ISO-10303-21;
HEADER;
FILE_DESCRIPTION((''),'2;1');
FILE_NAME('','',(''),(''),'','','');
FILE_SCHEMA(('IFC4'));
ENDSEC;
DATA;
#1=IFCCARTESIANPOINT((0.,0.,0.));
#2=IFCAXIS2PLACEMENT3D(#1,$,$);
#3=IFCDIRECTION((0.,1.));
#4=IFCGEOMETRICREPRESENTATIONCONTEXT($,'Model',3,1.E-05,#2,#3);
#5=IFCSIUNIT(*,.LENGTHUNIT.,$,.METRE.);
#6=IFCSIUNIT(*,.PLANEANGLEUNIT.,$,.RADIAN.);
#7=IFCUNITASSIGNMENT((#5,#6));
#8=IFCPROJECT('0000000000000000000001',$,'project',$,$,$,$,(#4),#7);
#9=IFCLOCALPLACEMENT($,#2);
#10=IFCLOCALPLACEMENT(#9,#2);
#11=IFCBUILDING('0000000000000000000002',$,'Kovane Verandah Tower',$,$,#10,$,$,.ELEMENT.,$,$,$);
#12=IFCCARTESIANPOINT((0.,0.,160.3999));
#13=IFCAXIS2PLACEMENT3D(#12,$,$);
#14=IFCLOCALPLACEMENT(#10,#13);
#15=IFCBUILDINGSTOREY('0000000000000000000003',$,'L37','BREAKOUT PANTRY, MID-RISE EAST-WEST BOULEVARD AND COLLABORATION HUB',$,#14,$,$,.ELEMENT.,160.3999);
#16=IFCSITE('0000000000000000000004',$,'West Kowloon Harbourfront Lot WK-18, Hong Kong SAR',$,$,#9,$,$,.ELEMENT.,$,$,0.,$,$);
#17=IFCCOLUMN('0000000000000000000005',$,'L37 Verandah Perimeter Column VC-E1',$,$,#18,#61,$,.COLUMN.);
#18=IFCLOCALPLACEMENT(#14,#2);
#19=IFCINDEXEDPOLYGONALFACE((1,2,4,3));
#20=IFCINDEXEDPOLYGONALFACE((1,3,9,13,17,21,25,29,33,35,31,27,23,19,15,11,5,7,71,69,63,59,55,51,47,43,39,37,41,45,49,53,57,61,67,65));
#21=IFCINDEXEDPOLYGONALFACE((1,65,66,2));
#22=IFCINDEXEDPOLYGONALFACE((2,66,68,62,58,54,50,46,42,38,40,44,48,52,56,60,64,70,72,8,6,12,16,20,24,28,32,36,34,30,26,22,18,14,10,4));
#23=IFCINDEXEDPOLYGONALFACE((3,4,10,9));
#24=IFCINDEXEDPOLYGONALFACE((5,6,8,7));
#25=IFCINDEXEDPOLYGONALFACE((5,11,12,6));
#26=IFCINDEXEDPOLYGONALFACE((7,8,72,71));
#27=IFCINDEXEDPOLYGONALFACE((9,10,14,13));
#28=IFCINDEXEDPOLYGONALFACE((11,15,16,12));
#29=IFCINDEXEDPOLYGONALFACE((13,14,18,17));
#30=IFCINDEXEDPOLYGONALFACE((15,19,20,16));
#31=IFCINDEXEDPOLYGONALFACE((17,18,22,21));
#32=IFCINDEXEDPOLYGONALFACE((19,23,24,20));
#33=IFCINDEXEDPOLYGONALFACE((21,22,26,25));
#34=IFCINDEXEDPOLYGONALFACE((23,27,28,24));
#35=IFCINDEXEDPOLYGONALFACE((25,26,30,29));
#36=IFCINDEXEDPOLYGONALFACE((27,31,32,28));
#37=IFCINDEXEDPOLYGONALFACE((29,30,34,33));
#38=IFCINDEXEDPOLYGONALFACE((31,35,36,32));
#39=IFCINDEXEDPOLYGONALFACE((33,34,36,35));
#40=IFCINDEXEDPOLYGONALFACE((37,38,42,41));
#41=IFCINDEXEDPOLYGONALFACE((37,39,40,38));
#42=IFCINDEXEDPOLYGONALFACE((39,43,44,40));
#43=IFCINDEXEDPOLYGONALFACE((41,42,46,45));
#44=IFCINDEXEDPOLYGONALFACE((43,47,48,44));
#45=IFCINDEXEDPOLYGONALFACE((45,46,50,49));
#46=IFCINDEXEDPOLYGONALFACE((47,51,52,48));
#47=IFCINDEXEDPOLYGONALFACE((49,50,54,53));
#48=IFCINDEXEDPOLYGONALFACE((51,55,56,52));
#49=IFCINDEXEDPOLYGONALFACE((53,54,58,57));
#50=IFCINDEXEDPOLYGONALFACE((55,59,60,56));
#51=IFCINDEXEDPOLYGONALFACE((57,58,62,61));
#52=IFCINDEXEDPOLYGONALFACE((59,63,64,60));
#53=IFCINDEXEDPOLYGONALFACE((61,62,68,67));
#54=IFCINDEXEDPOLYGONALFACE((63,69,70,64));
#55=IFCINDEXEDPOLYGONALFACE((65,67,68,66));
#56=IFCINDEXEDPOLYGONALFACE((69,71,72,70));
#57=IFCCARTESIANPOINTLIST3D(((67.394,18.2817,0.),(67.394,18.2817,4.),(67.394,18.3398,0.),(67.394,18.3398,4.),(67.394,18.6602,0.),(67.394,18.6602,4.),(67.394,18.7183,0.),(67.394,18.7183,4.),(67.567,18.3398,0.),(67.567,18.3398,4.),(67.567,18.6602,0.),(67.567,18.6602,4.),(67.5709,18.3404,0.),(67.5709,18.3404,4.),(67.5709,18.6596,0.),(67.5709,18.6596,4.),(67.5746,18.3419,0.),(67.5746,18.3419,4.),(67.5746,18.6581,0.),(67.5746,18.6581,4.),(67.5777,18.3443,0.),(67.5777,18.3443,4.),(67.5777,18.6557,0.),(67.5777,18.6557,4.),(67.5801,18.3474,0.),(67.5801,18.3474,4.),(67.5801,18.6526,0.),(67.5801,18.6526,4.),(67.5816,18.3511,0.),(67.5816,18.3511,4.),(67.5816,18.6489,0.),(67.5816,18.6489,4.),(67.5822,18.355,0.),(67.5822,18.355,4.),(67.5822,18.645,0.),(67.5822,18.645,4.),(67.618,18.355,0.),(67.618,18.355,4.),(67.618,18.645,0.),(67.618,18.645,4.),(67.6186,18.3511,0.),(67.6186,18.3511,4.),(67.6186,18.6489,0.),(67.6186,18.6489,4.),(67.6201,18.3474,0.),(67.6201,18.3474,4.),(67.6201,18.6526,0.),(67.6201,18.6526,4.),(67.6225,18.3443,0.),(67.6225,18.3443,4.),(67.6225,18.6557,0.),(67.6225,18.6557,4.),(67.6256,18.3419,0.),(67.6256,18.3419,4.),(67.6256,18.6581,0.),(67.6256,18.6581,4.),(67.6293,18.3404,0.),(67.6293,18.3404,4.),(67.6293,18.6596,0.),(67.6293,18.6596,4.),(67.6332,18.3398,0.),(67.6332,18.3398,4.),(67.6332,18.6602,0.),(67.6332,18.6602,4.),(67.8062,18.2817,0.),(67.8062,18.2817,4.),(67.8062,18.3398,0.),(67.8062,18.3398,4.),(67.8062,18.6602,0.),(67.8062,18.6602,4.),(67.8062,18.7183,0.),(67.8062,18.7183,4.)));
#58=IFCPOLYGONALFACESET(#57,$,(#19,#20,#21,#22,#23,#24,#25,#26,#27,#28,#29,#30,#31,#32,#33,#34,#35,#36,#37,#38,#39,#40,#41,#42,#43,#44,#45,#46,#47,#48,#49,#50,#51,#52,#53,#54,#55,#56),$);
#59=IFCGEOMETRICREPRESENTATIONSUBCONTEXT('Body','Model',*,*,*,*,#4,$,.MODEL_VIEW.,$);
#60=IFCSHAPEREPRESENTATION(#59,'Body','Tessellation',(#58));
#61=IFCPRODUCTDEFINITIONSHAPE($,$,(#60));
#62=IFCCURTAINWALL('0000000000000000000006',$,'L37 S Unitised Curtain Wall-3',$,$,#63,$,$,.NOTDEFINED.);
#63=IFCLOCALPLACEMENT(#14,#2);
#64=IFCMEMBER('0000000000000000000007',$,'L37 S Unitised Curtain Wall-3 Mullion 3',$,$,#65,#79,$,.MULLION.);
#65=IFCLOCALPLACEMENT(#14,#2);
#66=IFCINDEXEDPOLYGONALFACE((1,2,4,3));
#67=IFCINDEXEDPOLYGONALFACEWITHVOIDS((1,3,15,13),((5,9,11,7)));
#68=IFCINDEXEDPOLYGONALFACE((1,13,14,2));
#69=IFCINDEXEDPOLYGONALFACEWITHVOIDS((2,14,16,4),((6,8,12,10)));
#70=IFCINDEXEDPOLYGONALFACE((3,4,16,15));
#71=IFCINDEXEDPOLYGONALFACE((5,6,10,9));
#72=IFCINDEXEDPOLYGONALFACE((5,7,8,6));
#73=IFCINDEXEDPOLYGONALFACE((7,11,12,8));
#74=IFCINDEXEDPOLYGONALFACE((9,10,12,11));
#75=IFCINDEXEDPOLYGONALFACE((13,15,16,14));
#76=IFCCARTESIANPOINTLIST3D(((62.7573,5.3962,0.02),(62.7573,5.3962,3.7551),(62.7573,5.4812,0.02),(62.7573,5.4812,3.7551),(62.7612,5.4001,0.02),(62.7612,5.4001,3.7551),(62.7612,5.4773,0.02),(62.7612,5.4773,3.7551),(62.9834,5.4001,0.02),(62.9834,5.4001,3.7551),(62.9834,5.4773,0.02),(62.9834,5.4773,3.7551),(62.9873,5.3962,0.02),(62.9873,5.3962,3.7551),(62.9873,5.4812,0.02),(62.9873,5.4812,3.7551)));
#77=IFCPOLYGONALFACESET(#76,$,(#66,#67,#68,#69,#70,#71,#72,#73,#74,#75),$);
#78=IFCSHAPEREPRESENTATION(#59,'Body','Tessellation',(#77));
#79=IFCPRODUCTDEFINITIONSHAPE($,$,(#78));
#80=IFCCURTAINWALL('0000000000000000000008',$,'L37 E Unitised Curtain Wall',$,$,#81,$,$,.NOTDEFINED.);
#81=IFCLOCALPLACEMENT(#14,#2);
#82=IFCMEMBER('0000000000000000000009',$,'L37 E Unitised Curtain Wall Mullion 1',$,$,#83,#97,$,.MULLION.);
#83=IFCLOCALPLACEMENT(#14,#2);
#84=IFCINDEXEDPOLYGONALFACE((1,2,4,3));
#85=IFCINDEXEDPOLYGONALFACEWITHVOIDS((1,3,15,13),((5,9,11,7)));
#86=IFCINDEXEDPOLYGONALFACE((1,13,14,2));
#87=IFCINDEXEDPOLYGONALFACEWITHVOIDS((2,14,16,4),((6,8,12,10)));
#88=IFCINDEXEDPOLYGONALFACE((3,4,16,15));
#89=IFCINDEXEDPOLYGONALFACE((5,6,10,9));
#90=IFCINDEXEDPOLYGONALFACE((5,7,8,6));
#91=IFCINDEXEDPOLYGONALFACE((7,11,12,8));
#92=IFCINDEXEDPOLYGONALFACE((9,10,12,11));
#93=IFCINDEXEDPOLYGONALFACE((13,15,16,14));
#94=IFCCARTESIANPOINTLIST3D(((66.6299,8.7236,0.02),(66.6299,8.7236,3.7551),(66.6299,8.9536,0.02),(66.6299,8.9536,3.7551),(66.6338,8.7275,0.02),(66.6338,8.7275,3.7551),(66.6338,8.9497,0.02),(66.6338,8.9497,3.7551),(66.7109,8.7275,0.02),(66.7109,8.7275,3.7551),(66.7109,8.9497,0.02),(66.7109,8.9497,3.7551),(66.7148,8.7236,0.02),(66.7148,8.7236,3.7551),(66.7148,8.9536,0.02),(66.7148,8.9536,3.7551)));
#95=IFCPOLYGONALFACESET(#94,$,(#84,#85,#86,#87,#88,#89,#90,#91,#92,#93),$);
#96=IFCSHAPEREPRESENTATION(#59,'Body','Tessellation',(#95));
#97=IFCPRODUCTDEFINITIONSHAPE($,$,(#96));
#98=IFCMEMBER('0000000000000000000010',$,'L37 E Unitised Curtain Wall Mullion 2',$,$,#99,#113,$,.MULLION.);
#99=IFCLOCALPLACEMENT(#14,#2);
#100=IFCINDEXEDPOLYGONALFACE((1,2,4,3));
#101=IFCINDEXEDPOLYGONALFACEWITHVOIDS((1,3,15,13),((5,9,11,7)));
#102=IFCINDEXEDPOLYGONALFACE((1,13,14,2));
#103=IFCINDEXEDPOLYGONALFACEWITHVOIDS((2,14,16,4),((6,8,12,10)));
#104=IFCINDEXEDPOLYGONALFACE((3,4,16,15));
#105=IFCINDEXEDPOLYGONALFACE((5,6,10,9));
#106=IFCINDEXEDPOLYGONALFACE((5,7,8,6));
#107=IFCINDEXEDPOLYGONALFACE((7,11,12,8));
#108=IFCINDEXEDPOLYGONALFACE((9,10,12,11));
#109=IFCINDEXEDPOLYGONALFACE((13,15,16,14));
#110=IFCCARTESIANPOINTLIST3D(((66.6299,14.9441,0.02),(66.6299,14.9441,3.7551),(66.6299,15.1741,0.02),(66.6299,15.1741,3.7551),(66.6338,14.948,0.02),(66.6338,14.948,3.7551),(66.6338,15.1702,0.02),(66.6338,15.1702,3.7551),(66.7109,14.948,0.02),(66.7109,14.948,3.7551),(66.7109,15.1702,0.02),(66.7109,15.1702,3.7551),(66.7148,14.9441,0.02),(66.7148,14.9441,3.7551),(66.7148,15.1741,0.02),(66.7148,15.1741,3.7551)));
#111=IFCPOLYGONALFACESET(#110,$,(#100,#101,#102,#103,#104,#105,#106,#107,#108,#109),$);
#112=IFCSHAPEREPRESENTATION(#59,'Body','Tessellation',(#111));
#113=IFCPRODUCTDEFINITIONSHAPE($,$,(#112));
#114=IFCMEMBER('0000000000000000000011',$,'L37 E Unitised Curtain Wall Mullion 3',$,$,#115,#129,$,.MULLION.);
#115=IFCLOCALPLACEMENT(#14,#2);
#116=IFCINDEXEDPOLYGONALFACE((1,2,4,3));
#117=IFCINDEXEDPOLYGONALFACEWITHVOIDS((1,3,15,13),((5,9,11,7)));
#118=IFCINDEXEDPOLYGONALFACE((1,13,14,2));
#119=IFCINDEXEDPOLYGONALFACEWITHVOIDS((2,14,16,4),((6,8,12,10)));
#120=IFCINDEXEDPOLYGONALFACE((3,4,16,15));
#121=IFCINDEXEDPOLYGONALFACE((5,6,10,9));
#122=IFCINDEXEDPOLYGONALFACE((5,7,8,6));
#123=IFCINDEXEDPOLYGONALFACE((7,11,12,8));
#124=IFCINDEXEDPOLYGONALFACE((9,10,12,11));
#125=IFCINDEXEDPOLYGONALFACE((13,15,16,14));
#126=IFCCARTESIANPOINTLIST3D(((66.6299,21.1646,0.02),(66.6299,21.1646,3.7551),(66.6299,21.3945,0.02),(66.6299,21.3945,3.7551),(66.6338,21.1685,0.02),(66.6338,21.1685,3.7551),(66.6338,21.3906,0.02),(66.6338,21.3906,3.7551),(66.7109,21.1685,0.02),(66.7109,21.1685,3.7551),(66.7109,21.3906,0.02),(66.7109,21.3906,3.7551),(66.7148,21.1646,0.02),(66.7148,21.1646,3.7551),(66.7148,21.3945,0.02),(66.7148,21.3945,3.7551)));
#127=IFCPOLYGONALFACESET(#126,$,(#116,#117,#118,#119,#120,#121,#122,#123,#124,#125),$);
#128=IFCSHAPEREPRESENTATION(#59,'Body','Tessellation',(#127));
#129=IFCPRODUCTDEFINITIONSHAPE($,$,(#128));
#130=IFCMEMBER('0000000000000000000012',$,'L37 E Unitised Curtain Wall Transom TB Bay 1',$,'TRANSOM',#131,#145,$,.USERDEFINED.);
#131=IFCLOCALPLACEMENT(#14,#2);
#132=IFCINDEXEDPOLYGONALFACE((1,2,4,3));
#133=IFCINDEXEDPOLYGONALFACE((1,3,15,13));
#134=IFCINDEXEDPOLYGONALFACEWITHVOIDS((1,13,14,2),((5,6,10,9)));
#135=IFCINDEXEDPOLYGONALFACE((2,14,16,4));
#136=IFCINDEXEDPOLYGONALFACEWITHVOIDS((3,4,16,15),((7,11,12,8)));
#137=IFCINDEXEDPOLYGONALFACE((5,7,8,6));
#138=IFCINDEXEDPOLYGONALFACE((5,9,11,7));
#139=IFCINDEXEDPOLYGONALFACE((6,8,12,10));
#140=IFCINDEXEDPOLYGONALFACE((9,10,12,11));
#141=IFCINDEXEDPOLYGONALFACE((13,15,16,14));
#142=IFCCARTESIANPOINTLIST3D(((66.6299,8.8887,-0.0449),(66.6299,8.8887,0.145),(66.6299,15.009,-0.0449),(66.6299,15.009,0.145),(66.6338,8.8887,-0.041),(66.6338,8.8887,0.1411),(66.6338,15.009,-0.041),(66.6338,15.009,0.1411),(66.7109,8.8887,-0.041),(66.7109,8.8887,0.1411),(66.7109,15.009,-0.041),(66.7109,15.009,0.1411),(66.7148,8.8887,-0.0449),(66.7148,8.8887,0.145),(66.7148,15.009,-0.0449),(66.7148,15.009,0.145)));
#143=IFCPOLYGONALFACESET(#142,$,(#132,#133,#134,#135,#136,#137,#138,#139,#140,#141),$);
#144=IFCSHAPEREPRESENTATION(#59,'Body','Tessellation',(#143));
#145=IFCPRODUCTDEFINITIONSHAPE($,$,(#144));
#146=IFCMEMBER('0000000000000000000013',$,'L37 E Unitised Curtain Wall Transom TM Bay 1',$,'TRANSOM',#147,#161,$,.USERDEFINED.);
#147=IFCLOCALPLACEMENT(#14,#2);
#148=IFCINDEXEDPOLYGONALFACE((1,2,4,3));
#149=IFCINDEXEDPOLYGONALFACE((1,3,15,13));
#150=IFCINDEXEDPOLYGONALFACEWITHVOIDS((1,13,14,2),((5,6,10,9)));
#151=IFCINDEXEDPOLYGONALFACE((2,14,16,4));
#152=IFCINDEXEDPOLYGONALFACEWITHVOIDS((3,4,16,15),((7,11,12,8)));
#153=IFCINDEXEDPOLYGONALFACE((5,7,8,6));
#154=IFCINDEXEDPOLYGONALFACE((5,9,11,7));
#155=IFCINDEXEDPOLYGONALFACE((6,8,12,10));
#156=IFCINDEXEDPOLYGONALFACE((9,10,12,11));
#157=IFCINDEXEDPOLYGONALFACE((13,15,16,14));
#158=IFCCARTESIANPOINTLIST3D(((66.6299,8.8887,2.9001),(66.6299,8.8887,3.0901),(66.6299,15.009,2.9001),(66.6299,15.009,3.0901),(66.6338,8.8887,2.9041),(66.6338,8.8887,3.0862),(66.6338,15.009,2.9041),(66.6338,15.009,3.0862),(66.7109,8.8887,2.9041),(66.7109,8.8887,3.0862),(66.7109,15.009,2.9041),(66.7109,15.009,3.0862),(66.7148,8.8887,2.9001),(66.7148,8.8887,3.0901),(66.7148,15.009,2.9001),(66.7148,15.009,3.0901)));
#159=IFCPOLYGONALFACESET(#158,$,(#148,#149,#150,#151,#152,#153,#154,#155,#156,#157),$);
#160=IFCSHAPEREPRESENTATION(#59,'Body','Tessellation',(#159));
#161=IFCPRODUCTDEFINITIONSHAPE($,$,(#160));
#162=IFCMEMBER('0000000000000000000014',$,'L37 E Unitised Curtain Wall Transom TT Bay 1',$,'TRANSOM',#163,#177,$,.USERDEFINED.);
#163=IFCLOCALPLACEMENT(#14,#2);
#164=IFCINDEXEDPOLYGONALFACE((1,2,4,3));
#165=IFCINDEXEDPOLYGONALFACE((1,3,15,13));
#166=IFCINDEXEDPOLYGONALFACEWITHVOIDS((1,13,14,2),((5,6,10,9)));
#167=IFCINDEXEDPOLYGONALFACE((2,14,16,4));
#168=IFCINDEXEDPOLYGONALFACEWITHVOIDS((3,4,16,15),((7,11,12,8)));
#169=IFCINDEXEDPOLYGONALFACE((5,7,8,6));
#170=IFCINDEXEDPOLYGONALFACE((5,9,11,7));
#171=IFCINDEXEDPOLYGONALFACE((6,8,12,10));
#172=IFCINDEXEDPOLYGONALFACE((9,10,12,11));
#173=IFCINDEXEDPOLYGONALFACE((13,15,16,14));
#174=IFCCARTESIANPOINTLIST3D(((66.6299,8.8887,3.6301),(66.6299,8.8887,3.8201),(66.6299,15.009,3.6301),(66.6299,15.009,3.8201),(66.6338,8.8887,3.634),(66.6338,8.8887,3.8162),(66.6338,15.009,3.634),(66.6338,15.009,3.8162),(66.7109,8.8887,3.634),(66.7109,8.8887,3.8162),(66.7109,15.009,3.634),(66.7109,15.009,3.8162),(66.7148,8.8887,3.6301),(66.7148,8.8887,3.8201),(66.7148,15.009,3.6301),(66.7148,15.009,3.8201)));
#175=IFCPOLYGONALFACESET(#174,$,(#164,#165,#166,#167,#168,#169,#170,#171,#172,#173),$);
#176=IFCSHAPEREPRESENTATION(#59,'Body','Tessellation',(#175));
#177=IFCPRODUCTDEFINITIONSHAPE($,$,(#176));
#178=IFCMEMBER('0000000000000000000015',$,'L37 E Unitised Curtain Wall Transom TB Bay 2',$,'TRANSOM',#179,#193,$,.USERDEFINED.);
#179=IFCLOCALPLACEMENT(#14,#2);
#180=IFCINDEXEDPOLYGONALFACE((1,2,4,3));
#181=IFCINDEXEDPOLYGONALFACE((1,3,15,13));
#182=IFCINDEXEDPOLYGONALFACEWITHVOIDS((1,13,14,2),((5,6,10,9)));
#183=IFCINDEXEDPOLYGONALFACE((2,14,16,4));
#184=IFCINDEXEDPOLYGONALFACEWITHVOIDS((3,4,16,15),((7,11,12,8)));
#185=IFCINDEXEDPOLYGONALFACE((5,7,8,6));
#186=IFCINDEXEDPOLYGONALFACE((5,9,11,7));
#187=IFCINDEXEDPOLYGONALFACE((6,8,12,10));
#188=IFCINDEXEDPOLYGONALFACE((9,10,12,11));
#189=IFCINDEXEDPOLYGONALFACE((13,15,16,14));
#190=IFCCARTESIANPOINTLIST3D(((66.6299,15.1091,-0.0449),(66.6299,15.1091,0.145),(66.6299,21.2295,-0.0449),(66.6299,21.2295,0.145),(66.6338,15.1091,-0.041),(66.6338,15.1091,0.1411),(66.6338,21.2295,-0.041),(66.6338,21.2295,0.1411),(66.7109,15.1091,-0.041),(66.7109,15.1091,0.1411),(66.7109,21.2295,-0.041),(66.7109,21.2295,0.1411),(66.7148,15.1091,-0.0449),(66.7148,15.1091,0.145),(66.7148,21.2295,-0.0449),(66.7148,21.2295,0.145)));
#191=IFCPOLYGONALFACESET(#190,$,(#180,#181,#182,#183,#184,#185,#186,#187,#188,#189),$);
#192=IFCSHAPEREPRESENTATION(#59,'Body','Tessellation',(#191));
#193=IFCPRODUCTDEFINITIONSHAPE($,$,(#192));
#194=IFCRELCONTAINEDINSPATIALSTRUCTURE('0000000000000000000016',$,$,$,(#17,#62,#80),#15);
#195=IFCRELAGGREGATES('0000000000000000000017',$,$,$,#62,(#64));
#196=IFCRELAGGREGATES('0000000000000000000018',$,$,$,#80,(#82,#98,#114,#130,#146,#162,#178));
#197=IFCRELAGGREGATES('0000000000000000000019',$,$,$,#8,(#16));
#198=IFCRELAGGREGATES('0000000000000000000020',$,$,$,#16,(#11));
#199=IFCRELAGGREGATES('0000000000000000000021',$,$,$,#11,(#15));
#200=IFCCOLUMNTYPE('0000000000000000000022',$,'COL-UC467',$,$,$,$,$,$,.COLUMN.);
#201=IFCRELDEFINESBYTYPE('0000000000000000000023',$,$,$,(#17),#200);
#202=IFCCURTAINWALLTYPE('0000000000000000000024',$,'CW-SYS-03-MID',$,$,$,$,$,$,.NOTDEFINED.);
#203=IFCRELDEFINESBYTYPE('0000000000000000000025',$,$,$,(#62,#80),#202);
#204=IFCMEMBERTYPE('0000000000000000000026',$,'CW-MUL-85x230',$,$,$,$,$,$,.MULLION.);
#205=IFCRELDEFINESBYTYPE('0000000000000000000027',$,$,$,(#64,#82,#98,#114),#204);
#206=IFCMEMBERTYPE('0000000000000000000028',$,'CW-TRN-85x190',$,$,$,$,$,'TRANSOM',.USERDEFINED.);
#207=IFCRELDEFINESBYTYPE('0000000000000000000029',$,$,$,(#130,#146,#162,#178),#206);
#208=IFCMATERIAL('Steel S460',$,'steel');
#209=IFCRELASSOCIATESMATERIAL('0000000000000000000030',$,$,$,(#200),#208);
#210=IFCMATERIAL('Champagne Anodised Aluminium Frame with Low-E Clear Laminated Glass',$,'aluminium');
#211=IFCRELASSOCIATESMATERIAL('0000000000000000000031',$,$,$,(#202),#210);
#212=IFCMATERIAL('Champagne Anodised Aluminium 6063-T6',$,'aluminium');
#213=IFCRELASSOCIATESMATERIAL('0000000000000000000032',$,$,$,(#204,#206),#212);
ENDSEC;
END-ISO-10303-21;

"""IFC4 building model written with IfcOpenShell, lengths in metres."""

from ifc_helpers import new_model, si_unit, direction, frame, origin, origin_2d, place, context, subcontext, project, spatial, hollow_rectangle, i_section, extrude, material, material_profile, profile_set, type_object, element, aggregate, save


model = new_model("IFC4")

# Units and contexts
model_context = context("Model", 3, precision=1e-05, world=origin(), true_north=direction((0.0, 1.0)))
body_context = subcontext(model_context, "Body", "Model", "MODEL_VIEW")
ifc_project = project(units=[si_unit("LENGTHUNIT", "METRE"), si_unit("PLANEANGLEUNIT", "RADIAN")], contexts=[model_context])

# Site, building, storey
site_placement = place(None, origin())
site = spatial("IfcSite", under=ifc_project, at=site_placement, Name="West Kowloon Harbourfront Lot WK-18, Hong Kong SAR", CompositionType="ELEMENT", RefElevation=0.0)
building_placement = place(site_placement, origin())
building = spatial("IfcBuilding", under=site, at=building_placement, Name="Kovane Verandah Tower", CompositionType="ELEMENT")
storey_placement = place(building_placement, frame((0.0, 0.0, 160.3999)))
storey = spatial("IfcBuildingStorey", under=building, at=storey_placement, Name="L37", Description="BREAKOUT PANTRY, MID-RISE EAST-WEST BOULEVARD AND COLLABORATION HUB", CompositionType="ELEMENT", Elevation=160.3999)

# Column
ifc_material_1 = material(Name="Steel S460", Category="steel")
ifc_material_profile_1 = material_profile(ifc_material_1, i_section(OverallWidth=0.4121, OverallDepth=0.4365, WebThickness=0.0359, FlangeThickness=0.0581, FilletRadius=0.0151, at=origin_2d()), Name="UC356x406x467")
ifc_profile_set_1 = profile_set([ifc_material_profile_1], Name="Steel S460")
column_type = type_object("IfcColumnType", Name="COL-UC467", PredefinedType="COLUMN", material=ifc_profile_set_1)
column_placement = place(storey_placement, frame((67.6001, 18.5, 0.0), z_axis=(0.0, 0.0, 1.0), x_axis=(1.0, 0.0, 0.0)))
element("IfcColumn", 1, at=column_placement, inside=storey, type_object=column_type, Name="L37 Verandah Perimeter Column VC-E1", PredefinedType="COLUMN", context=body_context, shape_type="SweptSolid", body=[
    extrude(i_section(OverallWidth=0.4121, OverallDepth=0.4365, WebThickness=0.0359, FlangeThickness=0.0581, FilletRadius=0.0151, at=origin_2d()), origin(), (0.0, 0.0, 1.0), 4.0),
])

# Curtain wall, member
ifc_material_2 = material(Name="Champagne Anodised Aluminium Frame with Low-E Clear Laminated Glass", Category="aluminium")
curtain_wall_type = type_object("IfcCurtainWallType", Name="CW-SYS-03-MID", PredefinedType="NOTDEFINED", material=ifc_material_2)
curtain_wall_1_placement = place(storey_placement, origin())
curtain_wall_1 = element("IfcCurtainWall", 2, at=curtain_wall_1_placement, inside=storey, type_object=curtain_wall_type, Name="L37 S Unitised Curtain Wall-3", PredefinedType="NOTDEFINED")
ifc_material_3 = material(Name="Champagne Anodised Aluminium 6063-T6", Category="aluminium")
ifc_material_profile_2 = material_profile(ifc_material_3, hollow_rectangle(XDim=0.085, YDim=0.23, WallThickness=0.0039, at=origin_2d()), Name="AL85x230x4")
ifc_profile_set_2 = profile_set([ifc_material_profile_2], Name="Champagne Anodised Aluminium 6063-T6")
member_type_1 = type_object("IfcMemberType", Name="CW-MUL-85x230", PredefinedType="MULLION", material=ifc_profile_set_2)
member_1_placement = place(storey_placement, frame((62.8723, 5.4387, 0.02), z_axis=(0.0, 0.0, 1.0), x_axis=(0.0, -1.0, 0.0)))
member_1 = element("IfcMember", 3, at=member_1_placement, type_object=member_type_1, Name="L37 S Unitised Curtain Wall-3 Mullion 3", PredefinedType="MULLION", context=body_context, shape_type="SweptSolid", body=[
    extrude(hollow_rectangle(XDim=0.085, YDim=0.23, WallThickness=0.0039, at=origin_2d()), origin(), (0.0, 0.0, 1.0), 3.7351),
])

# Curtain wall, members
curtain_wall_2_placement = place(storey_placement, origin())
curtain_wall_2 = element("IfcCurtainWall", 4, at=curtain_wall_2_placement, inside=storey, type_object=curtain_wall_type, Name="L37 E Unitised Curtain Wall", PredefinedType="NOTDEFINED")
member_2_placement = place(storey_placement, frame((66.6724, 8.8386, 0.02), z_axis=(0.0, 0.0, 1.0), x_axis=(1.0, 0.0, 0.0)))
member_2 = element("IfcMember", 5, at=member_2_placement, type_object=member_type_1, Name="L37 E Unitised Curtain Wall Mullion 1", PredefinedType="MULLION", context=body_context, shape_type="SweptSolid", body=[
    extrude(hollow_rectangle(XDim=0.085, YDim=0.23, WallThickness=0.0039, at=origin_2d()), origin(), (0.0, 0.0, 1.0), 3.7351),
])
member_3_placement = place(storey_placement, frame((66.6724, 15.0591, 0.02), z_axis=(0.0, 0.0, 1.0), x_axis=(1.0, 0.0, 0.0)))
member_3 = element("IfcMember", 6, at=member_3_placement, type_object=member_type_1, Name="L37 E Unitised Curtain Wall Mullion 2", PredefinedType="MULLION", context=body_context, shape_type="SweptSolid", body=[
    extrude(hollow_rectangle(XDim=0.085, YDim=0.23, WallThickness=0.0039, at=origin_2d()), origin(), (0.0, 0.0, 1.0), 3.7351),
])
member_4_placement = place(storey_placement, frame((66.6724, 21.2795, 0.02), z_axis=(0.0, 0.0, 1.0), x_axis=(1.0, 0.0, 0.0)))
member_4 = element("IfcMember", 7, at=member_4_placement, type_object=member_type_1, Name="L37 E Unitised Curtain Wall Mullion 3", PredefinedType="MULLION", context=body_context, shape_type="SweptSolid", body=[
    extrude(hollow_rectangle(XDim=0.085, YDim=0.23, WallThickness=0.0039, at=origin_2d()), origin(), (0.0, 0.0, 1.0), 3.7351),
])
ifc_material_profile_3 = material_profile(ifc_material_3, hollow_rectangle(XDim=0.085, YDim=0.1899, WallThickness=0.0039, at=origin_2d()), Name="AL85x190x4")
ifc_profile_set_3 = profile_set([ifc_material_profile_3], Name="Champagne Anodised Aluminium 6063-T6")
member_type_2 = type_object("IfcMemberType", Name="CW-TRN-85x190", ElementType="TRANSOM", PredefinedType="USERDEFINED", material=ifc_profile_set_3)
member_5_placement = place(storey_placement, frame((66.6724, 8.8887, 0.05), z_axis=(0.0, 1.0, 0.0), x_axis=(-1.0, 0.0, 0.0)))
member_5 = element("IfcMember", 8, at=member_5_placement, type_object=member_type_2, Name="L37 E Unitised Curtain Wall Transom TB Bay 1", ObjectType="TRANSOM", PredefinedType="USERDEFINED", context=body_context, shape_type="SweptSolid", body=[
    extrude(hollow_rectangle(XDim=0.085, YDim=0.1899, WallThickness=0.0039, at=origin_2d()), origin(), (0.0, 0.0, 1.0), 6.1204),
])
member_6_placement = place(storey_placement, frame((66.6724, 8.8887, 2.9951), z_axis=(0.0, 1.0, 0.0), x_axis=(-1.0, 0.0, 0.0)))
member_6 = element("IfcMember", 9, at=member_6_placement, type_object=member_type_2, Name="L37 E Unitised Curtain Wall Transom TM Bay 1", ObjectType="TRANSOM", PredefinedType="USERDEFINED", context=body_context, shape_type="SweptSolid", body=[
    extrude(hollow_rectangle(XDim=0.085, YDim=0.1899, WallThickness=0.0039, at=origin_2d()), origin(), (0.0, 0.0, 1.0), 6.1204),
])
member_7_placement = place(storey_placement, frame((66.6724, 8.8887, 3.7251), z_axis=(0.0, 1.0, 0.0), x_axis=(-1.0, 0.0, 0.0)))
member_7 = element("IfcMember", 10, at=member_7_placement, type_object=member_type_2, Name="L37 E Unitised Curtain Wall Transom TT Bay 1", ObjectType="TRANSOM", PredefinedType="USERDEFINED", context=body_context, shape_type="SweptSolid", body=[
    extrude(hollow_rectangle(XDim=0.085, YDim=0.1899, WallThickness=0.0039, at=origin_2d()), origin(), (0.0, 0.0, 1.0), 6.1204),
])
member_8_placement = place(storey_placement, frame((66.6724, 15.1091, 0.05), z_axis=(0.0, 1.0, 0.0), x_axis=(-1.0, 0.0, 0.0)))
member_8 = element("IfcMember", 11, at=member_8_placement, type_object=member_type_2, Name="L37 E Unitised Curtain Wall Transom TB Bay 2", ObjectType="TRANSOM", PredefinedType="USERDEFINED", context=body_context, shape_type="SweptSolid", body=[
    extrude(hollow_rectangle(XDim=0.085, YDim=0.1899, WallThickness=0.0039, at=origin_2d()), origin(), (0.0, 0.0, 1.0), 6.1204),
])

aggregate(curtain_wall_1, [member_1])
aggregate(curtain_wall_2, [member_2, member_3, member_4, member_5, member_6, member_7, member_8])

save(model, "model.ifc")
